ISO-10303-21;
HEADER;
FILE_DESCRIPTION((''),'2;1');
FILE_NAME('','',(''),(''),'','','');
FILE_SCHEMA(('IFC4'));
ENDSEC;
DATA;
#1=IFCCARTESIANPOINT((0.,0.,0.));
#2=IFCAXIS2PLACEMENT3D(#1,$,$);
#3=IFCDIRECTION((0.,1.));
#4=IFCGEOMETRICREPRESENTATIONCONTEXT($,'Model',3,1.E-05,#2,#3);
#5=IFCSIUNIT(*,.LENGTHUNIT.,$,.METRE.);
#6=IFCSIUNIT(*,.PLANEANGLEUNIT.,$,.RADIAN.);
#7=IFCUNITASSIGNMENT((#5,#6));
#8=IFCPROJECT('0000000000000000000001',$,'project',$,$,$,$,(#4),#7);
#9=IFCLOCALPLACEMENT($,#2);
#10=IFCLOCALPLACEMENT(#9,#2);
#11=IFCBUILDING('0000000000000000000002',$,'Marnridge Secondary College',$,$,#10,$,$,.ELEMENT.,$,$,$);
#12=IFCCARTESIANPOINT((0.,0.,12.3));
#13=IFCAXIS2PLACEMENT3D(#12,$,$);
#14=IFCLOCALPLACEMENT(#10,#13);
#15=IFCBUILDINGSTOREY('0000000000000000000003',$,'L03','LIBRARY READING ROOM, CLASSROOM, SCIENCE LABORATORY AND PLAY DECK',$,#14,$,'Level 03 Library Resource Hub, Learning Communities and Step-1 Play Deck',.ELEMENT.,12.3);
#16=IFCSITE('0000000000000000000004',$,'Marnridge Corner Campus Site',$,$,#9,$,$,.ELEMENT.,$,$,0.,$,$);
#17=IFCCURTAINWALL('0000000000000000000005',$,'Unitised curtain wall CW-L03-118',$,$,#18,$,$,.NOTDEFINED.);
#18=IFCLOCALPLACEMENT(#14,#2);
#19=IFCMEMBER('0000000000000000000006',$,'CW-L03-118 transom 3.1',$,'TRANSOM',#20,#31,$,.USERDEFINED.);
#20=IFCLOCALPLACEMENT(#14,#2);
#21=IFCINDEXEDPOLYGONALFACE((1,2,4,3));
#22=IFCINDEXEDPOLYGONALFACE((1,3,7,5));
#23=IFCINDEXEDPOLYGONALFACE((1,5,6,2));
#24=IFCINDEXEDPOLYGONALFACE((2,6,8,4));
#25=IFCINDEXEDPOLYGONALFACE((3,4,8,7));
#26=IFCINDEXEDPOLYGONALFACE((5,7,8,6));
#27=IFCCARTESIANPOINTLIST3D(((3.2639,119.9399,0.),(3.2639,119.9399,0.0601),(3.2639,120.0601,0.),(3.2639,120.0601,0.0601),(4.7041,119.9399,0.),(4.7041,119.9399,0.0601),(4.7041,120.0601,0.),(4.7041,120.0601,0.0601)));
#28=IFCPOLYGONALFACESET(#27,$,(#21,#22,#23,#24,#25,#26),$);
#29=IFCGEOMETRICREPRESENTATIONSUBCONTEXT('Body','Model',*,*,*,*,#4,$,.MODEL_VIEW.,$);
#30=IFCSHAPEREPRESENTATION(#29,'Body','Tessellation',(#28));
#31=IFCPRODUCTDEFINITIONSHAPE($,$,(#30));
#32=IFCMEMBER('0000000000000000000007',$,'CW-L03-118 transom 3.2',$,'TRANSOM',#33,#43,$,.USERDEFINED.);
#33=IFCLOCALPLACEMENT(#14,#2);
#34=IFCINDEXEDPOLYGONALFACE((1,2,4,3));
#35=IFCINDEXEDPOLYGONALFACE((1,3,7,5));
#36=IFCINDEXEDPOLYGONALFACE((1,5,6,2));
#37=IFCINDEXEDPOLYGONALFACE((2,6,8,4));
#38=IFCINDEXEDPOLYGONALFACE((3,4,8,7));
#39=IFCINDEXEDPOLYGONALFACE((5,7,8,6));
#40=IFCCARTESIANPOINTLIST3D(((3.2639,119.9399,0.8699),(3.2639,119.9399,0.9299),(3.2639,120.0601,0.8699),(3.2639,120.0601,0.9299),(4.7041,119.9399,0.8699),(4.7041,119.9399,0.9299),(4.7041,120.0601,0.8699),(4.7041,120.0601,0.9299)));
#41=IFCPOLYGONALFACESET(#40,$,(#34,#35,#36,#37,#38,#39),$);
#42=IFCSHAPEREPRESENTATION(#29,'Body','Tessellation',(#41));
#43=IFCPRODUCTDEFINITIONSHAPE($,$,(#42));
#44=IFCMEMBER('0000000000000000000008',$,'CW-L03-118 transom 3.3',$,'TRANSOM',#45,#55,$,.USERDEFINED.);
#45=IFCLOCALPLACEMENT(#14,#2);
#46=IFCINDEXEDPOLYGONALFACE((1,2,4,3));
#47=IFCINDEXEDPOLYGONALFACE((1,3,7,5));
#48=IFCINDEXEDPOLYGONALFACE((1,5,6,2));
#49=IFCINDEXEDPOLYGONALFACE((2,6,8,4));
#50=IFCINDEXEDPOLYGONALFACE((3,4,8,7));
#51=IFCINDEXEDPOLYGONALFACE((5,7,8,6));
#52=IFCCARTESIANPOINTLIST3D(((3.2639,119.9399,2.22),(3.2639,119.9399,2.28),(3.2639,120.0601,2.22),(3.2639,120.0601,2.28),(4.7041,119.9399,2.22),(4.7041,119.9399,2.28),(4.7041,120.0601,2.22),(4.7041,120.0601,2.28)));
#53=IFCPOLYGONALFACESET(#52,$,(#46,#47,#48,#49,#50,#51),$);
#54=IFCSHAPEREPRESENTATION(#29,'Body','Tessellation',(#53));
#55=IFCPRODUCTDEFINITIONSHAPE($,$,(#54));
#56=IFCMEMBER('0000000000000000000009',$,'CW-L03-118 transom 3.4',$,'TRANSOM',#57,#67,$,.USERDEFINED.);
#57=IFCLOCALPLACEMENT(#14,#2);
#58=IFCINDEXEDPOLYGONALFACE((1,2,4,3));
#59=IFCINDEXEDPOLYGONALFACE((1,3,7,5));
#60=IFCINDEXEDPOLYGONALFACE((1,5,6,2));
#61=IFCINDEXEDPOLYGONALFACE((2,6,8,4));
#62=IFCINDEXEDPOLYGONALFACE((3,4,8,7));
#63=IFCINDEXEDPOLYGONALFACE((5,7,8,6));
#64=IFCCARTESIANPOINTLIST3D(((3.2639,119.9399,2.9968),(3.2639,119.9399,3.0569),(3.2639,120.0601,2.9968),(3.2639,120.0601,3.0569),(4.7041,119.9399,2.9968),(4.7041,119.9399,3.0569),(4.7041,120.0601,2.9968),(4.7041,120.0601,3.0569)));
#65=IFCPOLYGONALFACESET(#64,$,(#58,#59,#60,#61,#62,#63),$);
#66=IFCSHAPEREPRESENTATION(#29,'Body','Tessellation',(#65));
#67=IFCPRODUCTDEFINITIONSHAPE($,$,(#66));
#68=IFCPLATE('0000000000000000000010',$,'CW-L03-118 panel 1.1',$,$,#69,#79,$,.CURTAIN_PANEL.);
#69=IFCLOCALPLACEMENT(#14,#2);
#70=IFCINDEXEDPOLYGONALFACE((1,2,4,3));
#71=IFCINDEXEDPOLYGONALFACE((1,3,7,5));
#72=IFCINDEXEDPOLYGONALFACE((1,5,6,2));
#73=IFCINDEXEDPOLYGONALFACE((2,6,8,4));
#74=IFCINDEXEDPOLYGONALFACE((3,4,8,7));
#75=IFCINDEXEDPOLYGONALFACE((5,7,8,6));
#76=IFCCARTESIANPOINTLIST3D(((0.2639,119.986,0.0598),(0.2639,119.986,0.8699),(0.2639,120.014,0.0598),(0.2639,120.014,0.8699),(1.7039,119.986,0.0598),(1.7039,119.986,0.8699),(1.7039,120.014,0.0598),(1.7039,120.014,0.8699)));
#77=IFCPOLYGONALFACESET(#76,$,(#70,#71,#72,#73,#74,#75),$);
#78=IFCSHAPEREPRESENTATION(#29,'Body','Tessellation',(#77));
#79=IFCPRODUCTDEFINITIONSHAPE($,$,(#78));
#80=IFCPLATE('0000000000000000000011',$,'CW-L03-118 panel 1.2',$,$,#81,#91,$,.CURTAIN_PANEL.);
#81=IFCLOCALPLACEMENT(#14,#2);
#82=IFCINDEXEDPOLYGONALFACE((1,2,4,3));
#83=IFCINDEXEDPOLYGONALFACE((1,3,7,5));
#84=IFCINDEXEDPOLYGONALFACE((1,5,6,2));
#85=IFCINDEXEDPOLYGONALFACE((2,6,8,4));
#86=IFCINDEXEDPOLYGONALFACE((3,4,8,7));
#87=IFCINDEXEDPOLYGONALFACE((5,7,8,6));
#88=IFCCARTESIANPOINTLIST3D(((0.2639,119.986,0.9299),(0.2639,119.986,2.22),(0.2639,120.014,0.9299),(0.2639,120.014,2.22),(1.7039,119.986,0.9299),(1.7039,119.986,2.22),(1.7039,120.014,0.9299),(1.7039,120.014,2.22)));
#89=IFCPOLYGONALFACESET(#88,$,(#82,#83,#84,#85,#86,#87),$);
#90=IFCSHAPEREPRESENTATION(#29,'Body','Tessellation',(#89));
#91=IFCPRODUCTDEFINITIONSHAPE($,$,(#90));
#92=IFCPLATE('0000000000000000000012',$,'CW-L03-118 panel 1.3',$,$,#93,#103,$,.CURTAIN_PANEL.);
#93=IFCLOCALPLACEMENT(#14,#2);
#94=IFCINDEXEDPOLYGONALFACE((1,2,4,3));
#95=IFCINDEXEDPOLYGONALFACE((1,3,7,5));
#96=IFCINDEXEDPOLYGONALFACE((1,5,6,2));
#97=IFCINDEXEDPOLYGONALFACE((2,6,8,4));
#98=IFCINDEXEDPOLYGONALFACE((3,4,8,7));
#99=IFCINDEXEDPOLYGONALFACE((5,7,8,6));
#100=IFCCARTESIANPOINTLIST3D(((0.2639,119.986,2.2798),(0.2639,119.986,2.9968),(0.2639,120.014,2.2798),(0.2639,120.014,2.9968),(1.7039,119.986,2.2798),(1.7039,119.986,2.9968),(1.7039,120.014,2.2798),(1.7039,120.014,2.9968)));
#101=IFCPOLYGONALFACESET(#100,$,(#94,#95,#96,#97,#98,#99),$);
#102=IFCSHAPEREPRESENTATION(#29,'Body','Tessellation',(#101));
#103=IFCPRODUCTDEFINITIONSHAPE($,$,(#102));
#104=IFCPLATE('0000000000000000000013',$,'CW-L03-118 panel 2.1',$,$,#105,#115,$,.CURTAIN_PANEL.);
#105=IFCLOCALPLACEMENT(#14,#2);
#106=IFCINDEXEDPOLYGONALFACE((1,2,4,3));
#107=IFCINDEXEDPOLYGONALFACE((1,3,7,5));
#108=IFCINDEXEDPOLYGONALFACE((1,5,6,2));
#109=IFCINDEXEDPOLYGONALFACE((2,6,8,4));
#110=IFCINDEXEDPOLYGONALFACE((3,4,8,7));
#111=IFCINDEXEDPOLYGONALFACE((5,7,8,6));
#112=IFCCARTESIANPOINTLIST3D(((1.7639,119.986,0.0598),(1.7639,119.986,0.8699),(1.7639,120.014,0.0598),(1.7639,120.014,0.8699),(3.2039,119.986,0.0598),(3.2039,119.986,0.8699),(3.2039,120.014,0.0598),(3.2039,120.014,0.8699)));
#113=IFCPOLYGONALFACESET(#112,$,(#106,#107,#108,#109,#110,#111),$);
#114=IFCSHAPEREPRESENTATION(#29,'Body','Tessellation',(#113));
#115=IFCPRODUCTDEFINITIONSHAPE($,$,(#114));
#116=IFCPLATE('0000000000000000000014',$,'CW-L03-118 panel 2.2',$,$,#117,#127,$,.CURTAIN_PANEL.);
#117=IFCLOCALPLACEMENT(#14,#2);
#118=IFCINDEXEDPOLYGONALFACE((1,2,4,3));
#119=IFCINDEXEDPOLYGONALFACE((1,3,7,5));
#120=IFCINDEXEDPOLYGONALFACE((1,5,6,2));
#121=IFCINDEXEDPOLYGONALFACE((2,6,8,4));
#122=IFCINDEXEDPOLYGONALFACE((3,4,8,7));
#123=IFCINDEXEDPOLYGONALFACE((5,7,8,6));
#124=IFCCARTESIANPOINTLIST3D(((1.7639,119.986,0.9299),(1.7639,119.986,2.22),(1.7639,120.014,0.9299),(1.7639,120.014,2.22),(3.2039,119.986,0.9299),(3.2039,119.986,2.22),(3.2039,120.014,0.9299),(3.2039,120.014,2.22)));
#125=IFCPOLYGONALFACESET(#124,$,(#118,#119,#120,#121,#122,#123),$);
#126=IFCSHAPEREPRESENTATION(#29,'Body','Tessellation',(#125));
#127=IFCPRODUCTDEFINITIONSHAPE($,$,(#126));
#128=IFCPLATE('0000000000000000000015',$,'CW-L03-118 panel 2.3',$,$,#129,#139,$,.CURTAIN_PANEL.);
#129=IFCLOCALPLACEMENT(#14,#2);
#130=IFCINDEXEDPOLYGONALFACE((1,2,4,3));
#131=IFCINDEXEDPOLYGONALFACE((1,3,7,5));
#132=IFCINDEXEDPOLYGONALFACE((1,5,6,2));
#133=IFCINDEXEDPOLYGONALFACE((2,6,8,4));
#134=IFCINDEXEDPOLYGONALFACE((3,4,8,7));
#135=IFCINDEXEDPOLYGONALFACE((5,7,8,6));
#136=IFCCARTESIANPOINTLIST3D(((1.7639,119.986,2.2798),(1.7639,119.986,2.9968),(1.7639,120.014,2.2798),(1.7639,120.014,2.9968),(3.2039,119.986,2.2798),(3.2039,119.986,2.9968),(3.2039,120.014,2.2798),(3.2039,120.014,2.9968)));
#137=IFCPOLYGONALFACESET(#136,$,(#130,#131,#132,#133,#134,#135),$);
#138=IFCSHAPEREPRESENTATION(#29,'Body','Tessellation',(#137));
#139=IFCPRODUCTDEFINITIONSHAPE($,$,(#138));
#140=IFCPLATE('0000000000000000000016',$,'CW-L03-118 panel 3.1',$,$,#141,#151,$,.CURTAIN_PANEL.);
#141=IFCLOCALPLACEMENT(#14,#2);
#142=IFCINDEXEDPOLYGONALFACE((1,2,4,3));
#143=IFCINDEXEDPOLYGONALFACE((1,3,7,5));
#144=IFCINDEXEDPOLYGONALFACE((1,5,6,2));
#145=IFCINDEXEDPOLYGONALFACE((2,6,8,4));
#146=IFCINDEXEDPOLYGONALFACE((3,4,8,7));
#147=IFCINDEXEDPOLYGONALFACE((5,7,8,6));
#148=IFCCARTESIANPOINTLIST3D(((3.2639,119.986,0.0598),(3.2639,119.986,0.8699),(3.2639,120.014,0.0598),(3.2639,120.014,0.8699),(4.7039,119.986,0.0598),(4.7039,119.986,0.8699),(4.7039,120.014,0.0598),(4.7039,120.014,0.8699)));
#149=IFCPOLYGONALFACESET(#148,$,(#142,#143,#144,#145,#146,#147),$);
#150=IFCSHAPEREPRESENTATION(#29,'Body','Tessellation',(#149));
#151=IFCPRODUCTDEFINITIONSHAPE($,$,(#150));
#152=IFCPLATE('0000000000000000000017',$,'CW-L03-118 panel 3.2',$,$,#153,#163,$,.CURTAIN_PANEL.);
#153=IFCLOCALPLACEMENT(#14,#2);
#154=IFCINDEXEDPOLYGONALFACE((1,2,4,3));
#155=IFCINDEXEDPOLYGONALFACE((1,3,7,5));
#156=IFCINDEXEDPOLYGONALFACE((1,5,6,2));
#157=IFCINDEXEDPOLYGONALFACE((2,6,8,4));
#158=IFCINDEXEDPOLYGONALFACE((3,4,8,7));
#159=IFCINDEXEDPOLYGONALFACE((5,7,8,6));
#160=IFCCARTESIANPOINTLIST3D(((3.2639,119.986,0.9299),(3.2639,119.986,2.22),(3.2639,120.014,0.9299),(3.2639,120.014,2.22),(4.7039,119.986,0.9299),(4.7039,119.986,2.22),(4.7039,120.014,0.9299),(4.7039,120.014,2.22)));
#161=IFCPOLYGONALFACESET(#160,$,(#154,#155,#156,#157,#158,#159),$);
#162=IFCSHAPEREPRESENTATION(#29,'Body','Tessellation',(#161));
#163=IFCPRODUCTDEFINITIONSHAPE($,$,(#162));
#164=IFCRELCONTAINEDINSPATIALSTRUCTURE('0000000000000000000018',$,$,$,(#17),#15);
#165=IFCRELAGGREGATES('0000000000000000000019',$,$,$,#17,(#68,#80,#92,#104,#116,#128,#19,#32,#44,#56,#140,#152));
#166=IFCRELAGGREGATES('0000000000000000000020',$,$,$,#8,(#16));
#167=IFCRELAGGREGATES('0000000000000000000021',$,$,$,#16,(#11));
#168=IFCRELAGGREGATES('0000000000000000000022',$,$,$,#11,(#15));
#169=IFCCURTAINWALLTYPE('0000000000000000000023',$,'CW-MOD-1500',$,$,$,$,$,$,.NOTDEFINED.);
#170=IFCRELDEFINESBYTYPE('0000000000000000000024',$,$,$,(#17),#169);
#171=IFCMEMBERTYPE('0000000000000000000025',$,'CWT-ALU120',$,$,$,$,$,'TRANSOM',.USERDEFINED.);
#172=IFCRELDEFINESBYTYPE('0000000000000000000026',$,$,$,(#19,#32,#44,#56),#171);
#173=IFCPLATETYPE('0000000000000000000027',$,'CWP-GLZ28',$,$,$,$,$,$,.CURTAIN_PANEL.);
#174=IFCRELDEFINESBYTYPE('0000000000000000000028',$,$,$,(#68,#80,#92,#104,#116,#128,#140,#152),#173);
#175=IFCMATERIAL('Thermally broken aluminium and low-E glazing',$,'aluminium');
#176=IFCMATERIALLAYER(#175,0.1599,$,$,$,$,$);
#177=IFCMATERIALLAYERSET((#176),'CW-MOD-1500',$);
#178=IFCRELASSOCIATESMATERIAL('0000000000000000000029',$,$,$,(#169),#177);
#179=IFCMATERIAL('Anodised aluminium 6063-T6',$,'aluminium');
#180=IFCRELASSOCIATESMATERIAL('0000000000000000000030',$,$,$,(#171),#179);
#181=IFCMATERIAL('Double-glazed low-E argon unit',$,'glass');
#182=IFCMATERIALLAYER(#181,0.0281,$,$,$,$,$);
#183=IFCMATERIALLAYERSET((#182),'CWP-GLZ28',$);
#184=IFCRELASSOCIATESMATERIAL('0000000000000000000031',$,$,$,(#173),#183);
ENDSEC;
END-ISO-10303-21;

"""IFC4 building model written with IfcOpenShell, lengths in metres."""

from ifc_helpers import new_model, si_unit, direction, frame, origin, origin_2d, place, context, subcontext, project, spatial, rectangle, extrude, material, layer, layer_set, material_profile, profile_set, type_object, element, aggregate, save


model = new_model("IFC4")

# Units and contexts
model_context = context("Model", 3, precision=1e-05, world=origin(), true_north=direction((0.0, 1.0)))
body_context = subcontext(model_context, "Body", "Model", "MODEL_VIEW")
ifc_project = project(units=[si_unit("LENGTHUNIT", "METRE"), si_unit("PLANEANGLEUNIT", "RADIAN")], contexts=[model_context])

# Site, building, storey
site_placement = place(None, origin())
site = spatial("IfcSite", under=ifc_project, at=site_placement, Name="Marnridge Corner Campus Site", CompositionType="ELEMENT", RefElevation=0.0)
building_placement = place(site_placement, origin())
building = spatial("IfcBuilding", under=site, at=building_placement, Name="Marnridge Secondary College", CompositionType="ELEMENT")
storey_placement = place(building_placement, frame((0.0, 0.0, 12.3)))
storey = spatial("IfcBuildingStorey", under=building, at=storey_placement, Name="L03", Description="LIBRARY READING ROOM, CLASSROOM, SCIENCE LABORATORY AND PLAY DECK", LongName="Level 03 Library Resource Hub, Learning Communities and Step-1 Play Deck", CompositionType="ELEMENT", Elevation=12.3)

# Curtain wall
ifc_material_1 = material(Name="Thermally broken aluminium and low-E glazing", Category="aluminium")
ifc_layer_1 = layer(ifc_material_1, 0.1599)
ifc_layer_set_1 = layer_set([ifc_layer_1], Name="CW-MOD-1500")
curtain_wall_type = type_object("IfcCurtainWallType", Name="CW-MOD-1500", PredefinedType="NOTDEFINED", material=ifc_layer_set_1)
curtain_wall_1_placement = place(storey_placement, origin())
curtain_wall_1 = element("IfcCurtainWall", 1, at=curtain_wall_1_placement, inside=storey, type_object=curtain_wall_type, Name="Unitised curtain wall CW-L03-118", PredefinedType="NOTDEFINED")

# Members
ifc_material_2 = material(Name="Anodised aluminium 6063-T6", Category="aluminium")
ifc_material_profile_1 = material_profile(ifc_material_2, rectangle(XDim=0.0601, YDim=0.1201, at=origin_2d()), Name="ALU 60x120")
ifc_profile_set_1 = profile_set([ifc_material_profile_1], Name="Anodised aluminium 6063-T6")
member_type_1 = type_object("IfcMemberType", Name="CWT-ALU120", ElementType="TRANSOM", PredefinedType="USERDEFINED", material=ifc_profile_set_1)
member_1_placement = place(storey_placement, frame((3.2639, 120.0, 0.03), z_axis=(1.0, 0.0, 0.0), x_axis=(0.0, 0.0, 1.0)))
member_1 = element("IfcMember", 2, at=member_1_placement, type_object=member_type_1, Name="CW-L03-118 transom 3.1", ObjectType="TRANSOM", PredefinedType="USERDEFINED", context=body_context, shape_type="SweptSolid", body=[
    extrude(rectangle(XDim=0.0601, YDim=0.1201, at=origin_2d()), origin(), (0.0, 0.0, 1.0), 1.4402),
])
member_2_placement = place(storey_placement, frame((3.2639, 120.0, 0.8999), z_axis=(1.0, 0.0, 0.0), x_axis=(0.0, 0.0, 1.0)))
member_2 = element("IfcMember", 3, at=member_2_placement, type_object=member_type_1, Name="CW-L03-118 transom 3.2", ObjectType="TRANSOM", PredefinedType="USERDEFINED", context=body_context, shape_type="SweptSolid", body=[
    extrude(rectangle(XDim=0.0601, YDim=0.1201, at=origin_2d()), origin(), (0.0, 0.0, 1.0), 1.4402),
])
member_3_placement = place(storey_placement, frame((3.2639, 120.0, 2.25), z_axis=(1.0, 0.0, 0.0), x_axis=(0.0, 0.0, 1.0)))
member_3 = element("IfcMember", 4, at=member_3_placement, type_object=member_type_1, Name="CW-L03-118 transom 3.3", ObjectType="TRANSOM", PredefinedType="USERDEFINED", context=body_context, shape_type="SweptSolid", body=[
    extrude(rectangle(XDim=0.0601, YDim=0.1201, at=origin_2d()), origin(), (0.0, 0.0, 1.0), 1.4402),
])
member_4_placement = place(storey_placement, frame((3.2639, 120.0, 3.0269), z_axis=(1.0, 0.0, 0.0), x_axis=(0.0, 0.0, 1.0)))
member_4 = element("IfcMember", 5, at=member_4_placement, type_object=member_type_1, Name="CW-L03-118 transom 3.4", ObjectType="TRANSOM", PredefinedType="USERDEFINED", context=body_context, shape_type="SweptSolid", body=[
    extrude(rectangle(XDim=0.0601, YDim=0.1201, at=origin_2d()), origin(), (0.0, 0.0, 1.0), 1.4402),
])

# Plates
ifc_material_3 = material(Name="Double-glazed low-E argon unit", Category="glass")
ifc_layer_2 = layer(ifc_material_3, 0.0281)
ifc_layer_set_2 = layer_set([ifc_layer_2], Name="CWP-GLZ28")
plate_type = type_object("IfcPlateType", Name="CWP-GLZ28", PredefinedType="CURTAIN_PANEL", material=ifc_layer_set_2)
plate_1_placement = place(storey_placement, frame((0.9839, 120.0, 0.0598), z_axis=(0.0, 0.0, 1.0), x_axis=(1.0, 0.0, 0.0)))
plate_1 = element("IfcPlate", 6, at=plate_1_placement, type_object=plate_type, Name="CW-L03-118 panel 1.1", PredefinedType="CURTAIN_PANEL", context=body_context, shape_type="SweptSolid", body=[
    extrude(rectangle(XDim=1.4399, YDim=0.0281, at=origin_2d()), origin(), (0.0, 0.0, 1.0), 0.8101),
])
plate_2_placement = place(storey_placement, frame((0.9839, 120.0, 0.9299), z_axis=(0.0, 0.0, 1.0), x_axis=(1.0, 0.0, 0.0)))
plate_2 = element("IfcPlate", 7, at=plate_2_placement, type_object=plate_type, Name="CW-L03-118 panel 1.2", PredefinedType="CURTAIN_PANEL", context=body_context, shape_type="SweptSolid", body=[
    extrude(rectangle(XDim=1.4399, YDim=0.0281, at=origin_2d()), origin(), (0.0, 0.0, 1.0), 1.29),
])
plate_3_placement = place(storey_placement, frame((0.9839, 120.0, 2.2798), z_axis=(0.0, 0.0, 1.0), x_axis=(1.0, 0.0, 0.0)))
plate_3 = element("IfcPlate", 8, at=plate_3_placement, type_object=plate_type, Name="CW-L03-118 panel 1.3", PredefinedType="CURTAIN_PANEL", context=body_context, shape_type="SweptSolid", body=[
    extrude(rectangle(XDim=1.4399, YDim=0.0281, at=origin_2d()), origin(), (0.0, 0.0, 1.0), 0.717),
])
plate_4_placement = place(storey_placement, frame((2.4839, 120.0, 0.0598), z_axis=(0.0, 0.0, 1.0), x_axis=(1.0, 0.0, 0.0)))
plate_4 = element("IfcPlate", 9, at=plate_4_placement, type_object=plate_type, Name="CW-L03-118 panel 2.1", PredefinedType="CURTAIN_PANEL", context=body_context, shape_type="SweptSolid", body=[
    extrude(rectangle(XDim=1.4399, YDim=0.0281, at=origin_2d()), origin(), (0.0, 0.0, 1.0), 0.8101),
])
plate_5_placement = place(storey_placement, frame((2.4839, 120.0, 0.9299), z_axis=(0.0, 0.0, 1.0), x_axis=(1.0, 0.0, 0.0)))
plate_5 = element("IfcPlate", 10, at=plate_5_placement, type_object=plate_type, Name="CW-L03-118 panel 2.2", PredefinedType="CURTAIN_PANEL", context=body_context, shape_type="SweptSolid", body=[
    extrude(rectangle(XDim=1.4399, YDim=0.0281, at=origin_2d()), origin(), (0.0, 0.0, 1.0), 1.29),
])
plate_6_placement = place(storey_placement, frame((2.4839, 120.0, 2.2798), z_axis=(0.0, 0.0, 1.0), x_axis=(1.0, 0.0, 0.0)))
plate_6 = element("IfcPlate", 11, at=plate_6_placement, type_object=plate_type, Name="CW-L03-118 panel 2.3", PredefinedType="CURTAIN_PANEL", context=body_context, shape_type="SweptSolid", body=[
    extrude(rectangle(XDim=1.4399, YDim=0.0281, at=origin_2d()), origin(), (0.0, 0.0, 1.0), 0.717),
])
plate_7_placement = place(storey_placement, frame((3.9839, 120.0, 0.0598), z_axis=(0.0, 0.0, 1.0), x_axis=(1.0, 0.0, 0.0)))
plate_7 = element("IfcPlate", 12, at=plate_7_placement, type_object=plate_type, Name="CW-L03-118 panel 3.1", PredefinedType="CURTAIN_PANEL", context=body_context, shape_type="SweptSolid", body=[
    extrude(rectangle(XDim=1.4399, YDim=0.0281, at=origin_2d()), origin(), (0.0, 0.0, 1.0), 0.8101),
])
plate_8_placement = place(storey_placement, frame((3.9839, 120.0, 0.9299), z_axis=(0.0, 0.0, 1.0), x_axis=(1.0, 0.0, 0.0)))
plate_8 = element("IfcPlate", 13, at=plate_8_placement, type_object=plate_type, Name="CW-L03-118 panel 3.2", PredefinedType="CURTAIN_PANEL", context=body_context, shape_type="SweptSolid", body=[
    extrude(rectangle(XDim=1.4399, YDim=0.0281, at=origin_2d()), origin(), (0.0, 0.0, 1.0), 1.29),
])
aggregate(curtain_wall_1, [plate_1, plate_2, plate_3, plate_4, plate_5, plate_6, member_1, member_2, member_3, member_4, plate_7, plate_8])

save(model, "model.ifc")
